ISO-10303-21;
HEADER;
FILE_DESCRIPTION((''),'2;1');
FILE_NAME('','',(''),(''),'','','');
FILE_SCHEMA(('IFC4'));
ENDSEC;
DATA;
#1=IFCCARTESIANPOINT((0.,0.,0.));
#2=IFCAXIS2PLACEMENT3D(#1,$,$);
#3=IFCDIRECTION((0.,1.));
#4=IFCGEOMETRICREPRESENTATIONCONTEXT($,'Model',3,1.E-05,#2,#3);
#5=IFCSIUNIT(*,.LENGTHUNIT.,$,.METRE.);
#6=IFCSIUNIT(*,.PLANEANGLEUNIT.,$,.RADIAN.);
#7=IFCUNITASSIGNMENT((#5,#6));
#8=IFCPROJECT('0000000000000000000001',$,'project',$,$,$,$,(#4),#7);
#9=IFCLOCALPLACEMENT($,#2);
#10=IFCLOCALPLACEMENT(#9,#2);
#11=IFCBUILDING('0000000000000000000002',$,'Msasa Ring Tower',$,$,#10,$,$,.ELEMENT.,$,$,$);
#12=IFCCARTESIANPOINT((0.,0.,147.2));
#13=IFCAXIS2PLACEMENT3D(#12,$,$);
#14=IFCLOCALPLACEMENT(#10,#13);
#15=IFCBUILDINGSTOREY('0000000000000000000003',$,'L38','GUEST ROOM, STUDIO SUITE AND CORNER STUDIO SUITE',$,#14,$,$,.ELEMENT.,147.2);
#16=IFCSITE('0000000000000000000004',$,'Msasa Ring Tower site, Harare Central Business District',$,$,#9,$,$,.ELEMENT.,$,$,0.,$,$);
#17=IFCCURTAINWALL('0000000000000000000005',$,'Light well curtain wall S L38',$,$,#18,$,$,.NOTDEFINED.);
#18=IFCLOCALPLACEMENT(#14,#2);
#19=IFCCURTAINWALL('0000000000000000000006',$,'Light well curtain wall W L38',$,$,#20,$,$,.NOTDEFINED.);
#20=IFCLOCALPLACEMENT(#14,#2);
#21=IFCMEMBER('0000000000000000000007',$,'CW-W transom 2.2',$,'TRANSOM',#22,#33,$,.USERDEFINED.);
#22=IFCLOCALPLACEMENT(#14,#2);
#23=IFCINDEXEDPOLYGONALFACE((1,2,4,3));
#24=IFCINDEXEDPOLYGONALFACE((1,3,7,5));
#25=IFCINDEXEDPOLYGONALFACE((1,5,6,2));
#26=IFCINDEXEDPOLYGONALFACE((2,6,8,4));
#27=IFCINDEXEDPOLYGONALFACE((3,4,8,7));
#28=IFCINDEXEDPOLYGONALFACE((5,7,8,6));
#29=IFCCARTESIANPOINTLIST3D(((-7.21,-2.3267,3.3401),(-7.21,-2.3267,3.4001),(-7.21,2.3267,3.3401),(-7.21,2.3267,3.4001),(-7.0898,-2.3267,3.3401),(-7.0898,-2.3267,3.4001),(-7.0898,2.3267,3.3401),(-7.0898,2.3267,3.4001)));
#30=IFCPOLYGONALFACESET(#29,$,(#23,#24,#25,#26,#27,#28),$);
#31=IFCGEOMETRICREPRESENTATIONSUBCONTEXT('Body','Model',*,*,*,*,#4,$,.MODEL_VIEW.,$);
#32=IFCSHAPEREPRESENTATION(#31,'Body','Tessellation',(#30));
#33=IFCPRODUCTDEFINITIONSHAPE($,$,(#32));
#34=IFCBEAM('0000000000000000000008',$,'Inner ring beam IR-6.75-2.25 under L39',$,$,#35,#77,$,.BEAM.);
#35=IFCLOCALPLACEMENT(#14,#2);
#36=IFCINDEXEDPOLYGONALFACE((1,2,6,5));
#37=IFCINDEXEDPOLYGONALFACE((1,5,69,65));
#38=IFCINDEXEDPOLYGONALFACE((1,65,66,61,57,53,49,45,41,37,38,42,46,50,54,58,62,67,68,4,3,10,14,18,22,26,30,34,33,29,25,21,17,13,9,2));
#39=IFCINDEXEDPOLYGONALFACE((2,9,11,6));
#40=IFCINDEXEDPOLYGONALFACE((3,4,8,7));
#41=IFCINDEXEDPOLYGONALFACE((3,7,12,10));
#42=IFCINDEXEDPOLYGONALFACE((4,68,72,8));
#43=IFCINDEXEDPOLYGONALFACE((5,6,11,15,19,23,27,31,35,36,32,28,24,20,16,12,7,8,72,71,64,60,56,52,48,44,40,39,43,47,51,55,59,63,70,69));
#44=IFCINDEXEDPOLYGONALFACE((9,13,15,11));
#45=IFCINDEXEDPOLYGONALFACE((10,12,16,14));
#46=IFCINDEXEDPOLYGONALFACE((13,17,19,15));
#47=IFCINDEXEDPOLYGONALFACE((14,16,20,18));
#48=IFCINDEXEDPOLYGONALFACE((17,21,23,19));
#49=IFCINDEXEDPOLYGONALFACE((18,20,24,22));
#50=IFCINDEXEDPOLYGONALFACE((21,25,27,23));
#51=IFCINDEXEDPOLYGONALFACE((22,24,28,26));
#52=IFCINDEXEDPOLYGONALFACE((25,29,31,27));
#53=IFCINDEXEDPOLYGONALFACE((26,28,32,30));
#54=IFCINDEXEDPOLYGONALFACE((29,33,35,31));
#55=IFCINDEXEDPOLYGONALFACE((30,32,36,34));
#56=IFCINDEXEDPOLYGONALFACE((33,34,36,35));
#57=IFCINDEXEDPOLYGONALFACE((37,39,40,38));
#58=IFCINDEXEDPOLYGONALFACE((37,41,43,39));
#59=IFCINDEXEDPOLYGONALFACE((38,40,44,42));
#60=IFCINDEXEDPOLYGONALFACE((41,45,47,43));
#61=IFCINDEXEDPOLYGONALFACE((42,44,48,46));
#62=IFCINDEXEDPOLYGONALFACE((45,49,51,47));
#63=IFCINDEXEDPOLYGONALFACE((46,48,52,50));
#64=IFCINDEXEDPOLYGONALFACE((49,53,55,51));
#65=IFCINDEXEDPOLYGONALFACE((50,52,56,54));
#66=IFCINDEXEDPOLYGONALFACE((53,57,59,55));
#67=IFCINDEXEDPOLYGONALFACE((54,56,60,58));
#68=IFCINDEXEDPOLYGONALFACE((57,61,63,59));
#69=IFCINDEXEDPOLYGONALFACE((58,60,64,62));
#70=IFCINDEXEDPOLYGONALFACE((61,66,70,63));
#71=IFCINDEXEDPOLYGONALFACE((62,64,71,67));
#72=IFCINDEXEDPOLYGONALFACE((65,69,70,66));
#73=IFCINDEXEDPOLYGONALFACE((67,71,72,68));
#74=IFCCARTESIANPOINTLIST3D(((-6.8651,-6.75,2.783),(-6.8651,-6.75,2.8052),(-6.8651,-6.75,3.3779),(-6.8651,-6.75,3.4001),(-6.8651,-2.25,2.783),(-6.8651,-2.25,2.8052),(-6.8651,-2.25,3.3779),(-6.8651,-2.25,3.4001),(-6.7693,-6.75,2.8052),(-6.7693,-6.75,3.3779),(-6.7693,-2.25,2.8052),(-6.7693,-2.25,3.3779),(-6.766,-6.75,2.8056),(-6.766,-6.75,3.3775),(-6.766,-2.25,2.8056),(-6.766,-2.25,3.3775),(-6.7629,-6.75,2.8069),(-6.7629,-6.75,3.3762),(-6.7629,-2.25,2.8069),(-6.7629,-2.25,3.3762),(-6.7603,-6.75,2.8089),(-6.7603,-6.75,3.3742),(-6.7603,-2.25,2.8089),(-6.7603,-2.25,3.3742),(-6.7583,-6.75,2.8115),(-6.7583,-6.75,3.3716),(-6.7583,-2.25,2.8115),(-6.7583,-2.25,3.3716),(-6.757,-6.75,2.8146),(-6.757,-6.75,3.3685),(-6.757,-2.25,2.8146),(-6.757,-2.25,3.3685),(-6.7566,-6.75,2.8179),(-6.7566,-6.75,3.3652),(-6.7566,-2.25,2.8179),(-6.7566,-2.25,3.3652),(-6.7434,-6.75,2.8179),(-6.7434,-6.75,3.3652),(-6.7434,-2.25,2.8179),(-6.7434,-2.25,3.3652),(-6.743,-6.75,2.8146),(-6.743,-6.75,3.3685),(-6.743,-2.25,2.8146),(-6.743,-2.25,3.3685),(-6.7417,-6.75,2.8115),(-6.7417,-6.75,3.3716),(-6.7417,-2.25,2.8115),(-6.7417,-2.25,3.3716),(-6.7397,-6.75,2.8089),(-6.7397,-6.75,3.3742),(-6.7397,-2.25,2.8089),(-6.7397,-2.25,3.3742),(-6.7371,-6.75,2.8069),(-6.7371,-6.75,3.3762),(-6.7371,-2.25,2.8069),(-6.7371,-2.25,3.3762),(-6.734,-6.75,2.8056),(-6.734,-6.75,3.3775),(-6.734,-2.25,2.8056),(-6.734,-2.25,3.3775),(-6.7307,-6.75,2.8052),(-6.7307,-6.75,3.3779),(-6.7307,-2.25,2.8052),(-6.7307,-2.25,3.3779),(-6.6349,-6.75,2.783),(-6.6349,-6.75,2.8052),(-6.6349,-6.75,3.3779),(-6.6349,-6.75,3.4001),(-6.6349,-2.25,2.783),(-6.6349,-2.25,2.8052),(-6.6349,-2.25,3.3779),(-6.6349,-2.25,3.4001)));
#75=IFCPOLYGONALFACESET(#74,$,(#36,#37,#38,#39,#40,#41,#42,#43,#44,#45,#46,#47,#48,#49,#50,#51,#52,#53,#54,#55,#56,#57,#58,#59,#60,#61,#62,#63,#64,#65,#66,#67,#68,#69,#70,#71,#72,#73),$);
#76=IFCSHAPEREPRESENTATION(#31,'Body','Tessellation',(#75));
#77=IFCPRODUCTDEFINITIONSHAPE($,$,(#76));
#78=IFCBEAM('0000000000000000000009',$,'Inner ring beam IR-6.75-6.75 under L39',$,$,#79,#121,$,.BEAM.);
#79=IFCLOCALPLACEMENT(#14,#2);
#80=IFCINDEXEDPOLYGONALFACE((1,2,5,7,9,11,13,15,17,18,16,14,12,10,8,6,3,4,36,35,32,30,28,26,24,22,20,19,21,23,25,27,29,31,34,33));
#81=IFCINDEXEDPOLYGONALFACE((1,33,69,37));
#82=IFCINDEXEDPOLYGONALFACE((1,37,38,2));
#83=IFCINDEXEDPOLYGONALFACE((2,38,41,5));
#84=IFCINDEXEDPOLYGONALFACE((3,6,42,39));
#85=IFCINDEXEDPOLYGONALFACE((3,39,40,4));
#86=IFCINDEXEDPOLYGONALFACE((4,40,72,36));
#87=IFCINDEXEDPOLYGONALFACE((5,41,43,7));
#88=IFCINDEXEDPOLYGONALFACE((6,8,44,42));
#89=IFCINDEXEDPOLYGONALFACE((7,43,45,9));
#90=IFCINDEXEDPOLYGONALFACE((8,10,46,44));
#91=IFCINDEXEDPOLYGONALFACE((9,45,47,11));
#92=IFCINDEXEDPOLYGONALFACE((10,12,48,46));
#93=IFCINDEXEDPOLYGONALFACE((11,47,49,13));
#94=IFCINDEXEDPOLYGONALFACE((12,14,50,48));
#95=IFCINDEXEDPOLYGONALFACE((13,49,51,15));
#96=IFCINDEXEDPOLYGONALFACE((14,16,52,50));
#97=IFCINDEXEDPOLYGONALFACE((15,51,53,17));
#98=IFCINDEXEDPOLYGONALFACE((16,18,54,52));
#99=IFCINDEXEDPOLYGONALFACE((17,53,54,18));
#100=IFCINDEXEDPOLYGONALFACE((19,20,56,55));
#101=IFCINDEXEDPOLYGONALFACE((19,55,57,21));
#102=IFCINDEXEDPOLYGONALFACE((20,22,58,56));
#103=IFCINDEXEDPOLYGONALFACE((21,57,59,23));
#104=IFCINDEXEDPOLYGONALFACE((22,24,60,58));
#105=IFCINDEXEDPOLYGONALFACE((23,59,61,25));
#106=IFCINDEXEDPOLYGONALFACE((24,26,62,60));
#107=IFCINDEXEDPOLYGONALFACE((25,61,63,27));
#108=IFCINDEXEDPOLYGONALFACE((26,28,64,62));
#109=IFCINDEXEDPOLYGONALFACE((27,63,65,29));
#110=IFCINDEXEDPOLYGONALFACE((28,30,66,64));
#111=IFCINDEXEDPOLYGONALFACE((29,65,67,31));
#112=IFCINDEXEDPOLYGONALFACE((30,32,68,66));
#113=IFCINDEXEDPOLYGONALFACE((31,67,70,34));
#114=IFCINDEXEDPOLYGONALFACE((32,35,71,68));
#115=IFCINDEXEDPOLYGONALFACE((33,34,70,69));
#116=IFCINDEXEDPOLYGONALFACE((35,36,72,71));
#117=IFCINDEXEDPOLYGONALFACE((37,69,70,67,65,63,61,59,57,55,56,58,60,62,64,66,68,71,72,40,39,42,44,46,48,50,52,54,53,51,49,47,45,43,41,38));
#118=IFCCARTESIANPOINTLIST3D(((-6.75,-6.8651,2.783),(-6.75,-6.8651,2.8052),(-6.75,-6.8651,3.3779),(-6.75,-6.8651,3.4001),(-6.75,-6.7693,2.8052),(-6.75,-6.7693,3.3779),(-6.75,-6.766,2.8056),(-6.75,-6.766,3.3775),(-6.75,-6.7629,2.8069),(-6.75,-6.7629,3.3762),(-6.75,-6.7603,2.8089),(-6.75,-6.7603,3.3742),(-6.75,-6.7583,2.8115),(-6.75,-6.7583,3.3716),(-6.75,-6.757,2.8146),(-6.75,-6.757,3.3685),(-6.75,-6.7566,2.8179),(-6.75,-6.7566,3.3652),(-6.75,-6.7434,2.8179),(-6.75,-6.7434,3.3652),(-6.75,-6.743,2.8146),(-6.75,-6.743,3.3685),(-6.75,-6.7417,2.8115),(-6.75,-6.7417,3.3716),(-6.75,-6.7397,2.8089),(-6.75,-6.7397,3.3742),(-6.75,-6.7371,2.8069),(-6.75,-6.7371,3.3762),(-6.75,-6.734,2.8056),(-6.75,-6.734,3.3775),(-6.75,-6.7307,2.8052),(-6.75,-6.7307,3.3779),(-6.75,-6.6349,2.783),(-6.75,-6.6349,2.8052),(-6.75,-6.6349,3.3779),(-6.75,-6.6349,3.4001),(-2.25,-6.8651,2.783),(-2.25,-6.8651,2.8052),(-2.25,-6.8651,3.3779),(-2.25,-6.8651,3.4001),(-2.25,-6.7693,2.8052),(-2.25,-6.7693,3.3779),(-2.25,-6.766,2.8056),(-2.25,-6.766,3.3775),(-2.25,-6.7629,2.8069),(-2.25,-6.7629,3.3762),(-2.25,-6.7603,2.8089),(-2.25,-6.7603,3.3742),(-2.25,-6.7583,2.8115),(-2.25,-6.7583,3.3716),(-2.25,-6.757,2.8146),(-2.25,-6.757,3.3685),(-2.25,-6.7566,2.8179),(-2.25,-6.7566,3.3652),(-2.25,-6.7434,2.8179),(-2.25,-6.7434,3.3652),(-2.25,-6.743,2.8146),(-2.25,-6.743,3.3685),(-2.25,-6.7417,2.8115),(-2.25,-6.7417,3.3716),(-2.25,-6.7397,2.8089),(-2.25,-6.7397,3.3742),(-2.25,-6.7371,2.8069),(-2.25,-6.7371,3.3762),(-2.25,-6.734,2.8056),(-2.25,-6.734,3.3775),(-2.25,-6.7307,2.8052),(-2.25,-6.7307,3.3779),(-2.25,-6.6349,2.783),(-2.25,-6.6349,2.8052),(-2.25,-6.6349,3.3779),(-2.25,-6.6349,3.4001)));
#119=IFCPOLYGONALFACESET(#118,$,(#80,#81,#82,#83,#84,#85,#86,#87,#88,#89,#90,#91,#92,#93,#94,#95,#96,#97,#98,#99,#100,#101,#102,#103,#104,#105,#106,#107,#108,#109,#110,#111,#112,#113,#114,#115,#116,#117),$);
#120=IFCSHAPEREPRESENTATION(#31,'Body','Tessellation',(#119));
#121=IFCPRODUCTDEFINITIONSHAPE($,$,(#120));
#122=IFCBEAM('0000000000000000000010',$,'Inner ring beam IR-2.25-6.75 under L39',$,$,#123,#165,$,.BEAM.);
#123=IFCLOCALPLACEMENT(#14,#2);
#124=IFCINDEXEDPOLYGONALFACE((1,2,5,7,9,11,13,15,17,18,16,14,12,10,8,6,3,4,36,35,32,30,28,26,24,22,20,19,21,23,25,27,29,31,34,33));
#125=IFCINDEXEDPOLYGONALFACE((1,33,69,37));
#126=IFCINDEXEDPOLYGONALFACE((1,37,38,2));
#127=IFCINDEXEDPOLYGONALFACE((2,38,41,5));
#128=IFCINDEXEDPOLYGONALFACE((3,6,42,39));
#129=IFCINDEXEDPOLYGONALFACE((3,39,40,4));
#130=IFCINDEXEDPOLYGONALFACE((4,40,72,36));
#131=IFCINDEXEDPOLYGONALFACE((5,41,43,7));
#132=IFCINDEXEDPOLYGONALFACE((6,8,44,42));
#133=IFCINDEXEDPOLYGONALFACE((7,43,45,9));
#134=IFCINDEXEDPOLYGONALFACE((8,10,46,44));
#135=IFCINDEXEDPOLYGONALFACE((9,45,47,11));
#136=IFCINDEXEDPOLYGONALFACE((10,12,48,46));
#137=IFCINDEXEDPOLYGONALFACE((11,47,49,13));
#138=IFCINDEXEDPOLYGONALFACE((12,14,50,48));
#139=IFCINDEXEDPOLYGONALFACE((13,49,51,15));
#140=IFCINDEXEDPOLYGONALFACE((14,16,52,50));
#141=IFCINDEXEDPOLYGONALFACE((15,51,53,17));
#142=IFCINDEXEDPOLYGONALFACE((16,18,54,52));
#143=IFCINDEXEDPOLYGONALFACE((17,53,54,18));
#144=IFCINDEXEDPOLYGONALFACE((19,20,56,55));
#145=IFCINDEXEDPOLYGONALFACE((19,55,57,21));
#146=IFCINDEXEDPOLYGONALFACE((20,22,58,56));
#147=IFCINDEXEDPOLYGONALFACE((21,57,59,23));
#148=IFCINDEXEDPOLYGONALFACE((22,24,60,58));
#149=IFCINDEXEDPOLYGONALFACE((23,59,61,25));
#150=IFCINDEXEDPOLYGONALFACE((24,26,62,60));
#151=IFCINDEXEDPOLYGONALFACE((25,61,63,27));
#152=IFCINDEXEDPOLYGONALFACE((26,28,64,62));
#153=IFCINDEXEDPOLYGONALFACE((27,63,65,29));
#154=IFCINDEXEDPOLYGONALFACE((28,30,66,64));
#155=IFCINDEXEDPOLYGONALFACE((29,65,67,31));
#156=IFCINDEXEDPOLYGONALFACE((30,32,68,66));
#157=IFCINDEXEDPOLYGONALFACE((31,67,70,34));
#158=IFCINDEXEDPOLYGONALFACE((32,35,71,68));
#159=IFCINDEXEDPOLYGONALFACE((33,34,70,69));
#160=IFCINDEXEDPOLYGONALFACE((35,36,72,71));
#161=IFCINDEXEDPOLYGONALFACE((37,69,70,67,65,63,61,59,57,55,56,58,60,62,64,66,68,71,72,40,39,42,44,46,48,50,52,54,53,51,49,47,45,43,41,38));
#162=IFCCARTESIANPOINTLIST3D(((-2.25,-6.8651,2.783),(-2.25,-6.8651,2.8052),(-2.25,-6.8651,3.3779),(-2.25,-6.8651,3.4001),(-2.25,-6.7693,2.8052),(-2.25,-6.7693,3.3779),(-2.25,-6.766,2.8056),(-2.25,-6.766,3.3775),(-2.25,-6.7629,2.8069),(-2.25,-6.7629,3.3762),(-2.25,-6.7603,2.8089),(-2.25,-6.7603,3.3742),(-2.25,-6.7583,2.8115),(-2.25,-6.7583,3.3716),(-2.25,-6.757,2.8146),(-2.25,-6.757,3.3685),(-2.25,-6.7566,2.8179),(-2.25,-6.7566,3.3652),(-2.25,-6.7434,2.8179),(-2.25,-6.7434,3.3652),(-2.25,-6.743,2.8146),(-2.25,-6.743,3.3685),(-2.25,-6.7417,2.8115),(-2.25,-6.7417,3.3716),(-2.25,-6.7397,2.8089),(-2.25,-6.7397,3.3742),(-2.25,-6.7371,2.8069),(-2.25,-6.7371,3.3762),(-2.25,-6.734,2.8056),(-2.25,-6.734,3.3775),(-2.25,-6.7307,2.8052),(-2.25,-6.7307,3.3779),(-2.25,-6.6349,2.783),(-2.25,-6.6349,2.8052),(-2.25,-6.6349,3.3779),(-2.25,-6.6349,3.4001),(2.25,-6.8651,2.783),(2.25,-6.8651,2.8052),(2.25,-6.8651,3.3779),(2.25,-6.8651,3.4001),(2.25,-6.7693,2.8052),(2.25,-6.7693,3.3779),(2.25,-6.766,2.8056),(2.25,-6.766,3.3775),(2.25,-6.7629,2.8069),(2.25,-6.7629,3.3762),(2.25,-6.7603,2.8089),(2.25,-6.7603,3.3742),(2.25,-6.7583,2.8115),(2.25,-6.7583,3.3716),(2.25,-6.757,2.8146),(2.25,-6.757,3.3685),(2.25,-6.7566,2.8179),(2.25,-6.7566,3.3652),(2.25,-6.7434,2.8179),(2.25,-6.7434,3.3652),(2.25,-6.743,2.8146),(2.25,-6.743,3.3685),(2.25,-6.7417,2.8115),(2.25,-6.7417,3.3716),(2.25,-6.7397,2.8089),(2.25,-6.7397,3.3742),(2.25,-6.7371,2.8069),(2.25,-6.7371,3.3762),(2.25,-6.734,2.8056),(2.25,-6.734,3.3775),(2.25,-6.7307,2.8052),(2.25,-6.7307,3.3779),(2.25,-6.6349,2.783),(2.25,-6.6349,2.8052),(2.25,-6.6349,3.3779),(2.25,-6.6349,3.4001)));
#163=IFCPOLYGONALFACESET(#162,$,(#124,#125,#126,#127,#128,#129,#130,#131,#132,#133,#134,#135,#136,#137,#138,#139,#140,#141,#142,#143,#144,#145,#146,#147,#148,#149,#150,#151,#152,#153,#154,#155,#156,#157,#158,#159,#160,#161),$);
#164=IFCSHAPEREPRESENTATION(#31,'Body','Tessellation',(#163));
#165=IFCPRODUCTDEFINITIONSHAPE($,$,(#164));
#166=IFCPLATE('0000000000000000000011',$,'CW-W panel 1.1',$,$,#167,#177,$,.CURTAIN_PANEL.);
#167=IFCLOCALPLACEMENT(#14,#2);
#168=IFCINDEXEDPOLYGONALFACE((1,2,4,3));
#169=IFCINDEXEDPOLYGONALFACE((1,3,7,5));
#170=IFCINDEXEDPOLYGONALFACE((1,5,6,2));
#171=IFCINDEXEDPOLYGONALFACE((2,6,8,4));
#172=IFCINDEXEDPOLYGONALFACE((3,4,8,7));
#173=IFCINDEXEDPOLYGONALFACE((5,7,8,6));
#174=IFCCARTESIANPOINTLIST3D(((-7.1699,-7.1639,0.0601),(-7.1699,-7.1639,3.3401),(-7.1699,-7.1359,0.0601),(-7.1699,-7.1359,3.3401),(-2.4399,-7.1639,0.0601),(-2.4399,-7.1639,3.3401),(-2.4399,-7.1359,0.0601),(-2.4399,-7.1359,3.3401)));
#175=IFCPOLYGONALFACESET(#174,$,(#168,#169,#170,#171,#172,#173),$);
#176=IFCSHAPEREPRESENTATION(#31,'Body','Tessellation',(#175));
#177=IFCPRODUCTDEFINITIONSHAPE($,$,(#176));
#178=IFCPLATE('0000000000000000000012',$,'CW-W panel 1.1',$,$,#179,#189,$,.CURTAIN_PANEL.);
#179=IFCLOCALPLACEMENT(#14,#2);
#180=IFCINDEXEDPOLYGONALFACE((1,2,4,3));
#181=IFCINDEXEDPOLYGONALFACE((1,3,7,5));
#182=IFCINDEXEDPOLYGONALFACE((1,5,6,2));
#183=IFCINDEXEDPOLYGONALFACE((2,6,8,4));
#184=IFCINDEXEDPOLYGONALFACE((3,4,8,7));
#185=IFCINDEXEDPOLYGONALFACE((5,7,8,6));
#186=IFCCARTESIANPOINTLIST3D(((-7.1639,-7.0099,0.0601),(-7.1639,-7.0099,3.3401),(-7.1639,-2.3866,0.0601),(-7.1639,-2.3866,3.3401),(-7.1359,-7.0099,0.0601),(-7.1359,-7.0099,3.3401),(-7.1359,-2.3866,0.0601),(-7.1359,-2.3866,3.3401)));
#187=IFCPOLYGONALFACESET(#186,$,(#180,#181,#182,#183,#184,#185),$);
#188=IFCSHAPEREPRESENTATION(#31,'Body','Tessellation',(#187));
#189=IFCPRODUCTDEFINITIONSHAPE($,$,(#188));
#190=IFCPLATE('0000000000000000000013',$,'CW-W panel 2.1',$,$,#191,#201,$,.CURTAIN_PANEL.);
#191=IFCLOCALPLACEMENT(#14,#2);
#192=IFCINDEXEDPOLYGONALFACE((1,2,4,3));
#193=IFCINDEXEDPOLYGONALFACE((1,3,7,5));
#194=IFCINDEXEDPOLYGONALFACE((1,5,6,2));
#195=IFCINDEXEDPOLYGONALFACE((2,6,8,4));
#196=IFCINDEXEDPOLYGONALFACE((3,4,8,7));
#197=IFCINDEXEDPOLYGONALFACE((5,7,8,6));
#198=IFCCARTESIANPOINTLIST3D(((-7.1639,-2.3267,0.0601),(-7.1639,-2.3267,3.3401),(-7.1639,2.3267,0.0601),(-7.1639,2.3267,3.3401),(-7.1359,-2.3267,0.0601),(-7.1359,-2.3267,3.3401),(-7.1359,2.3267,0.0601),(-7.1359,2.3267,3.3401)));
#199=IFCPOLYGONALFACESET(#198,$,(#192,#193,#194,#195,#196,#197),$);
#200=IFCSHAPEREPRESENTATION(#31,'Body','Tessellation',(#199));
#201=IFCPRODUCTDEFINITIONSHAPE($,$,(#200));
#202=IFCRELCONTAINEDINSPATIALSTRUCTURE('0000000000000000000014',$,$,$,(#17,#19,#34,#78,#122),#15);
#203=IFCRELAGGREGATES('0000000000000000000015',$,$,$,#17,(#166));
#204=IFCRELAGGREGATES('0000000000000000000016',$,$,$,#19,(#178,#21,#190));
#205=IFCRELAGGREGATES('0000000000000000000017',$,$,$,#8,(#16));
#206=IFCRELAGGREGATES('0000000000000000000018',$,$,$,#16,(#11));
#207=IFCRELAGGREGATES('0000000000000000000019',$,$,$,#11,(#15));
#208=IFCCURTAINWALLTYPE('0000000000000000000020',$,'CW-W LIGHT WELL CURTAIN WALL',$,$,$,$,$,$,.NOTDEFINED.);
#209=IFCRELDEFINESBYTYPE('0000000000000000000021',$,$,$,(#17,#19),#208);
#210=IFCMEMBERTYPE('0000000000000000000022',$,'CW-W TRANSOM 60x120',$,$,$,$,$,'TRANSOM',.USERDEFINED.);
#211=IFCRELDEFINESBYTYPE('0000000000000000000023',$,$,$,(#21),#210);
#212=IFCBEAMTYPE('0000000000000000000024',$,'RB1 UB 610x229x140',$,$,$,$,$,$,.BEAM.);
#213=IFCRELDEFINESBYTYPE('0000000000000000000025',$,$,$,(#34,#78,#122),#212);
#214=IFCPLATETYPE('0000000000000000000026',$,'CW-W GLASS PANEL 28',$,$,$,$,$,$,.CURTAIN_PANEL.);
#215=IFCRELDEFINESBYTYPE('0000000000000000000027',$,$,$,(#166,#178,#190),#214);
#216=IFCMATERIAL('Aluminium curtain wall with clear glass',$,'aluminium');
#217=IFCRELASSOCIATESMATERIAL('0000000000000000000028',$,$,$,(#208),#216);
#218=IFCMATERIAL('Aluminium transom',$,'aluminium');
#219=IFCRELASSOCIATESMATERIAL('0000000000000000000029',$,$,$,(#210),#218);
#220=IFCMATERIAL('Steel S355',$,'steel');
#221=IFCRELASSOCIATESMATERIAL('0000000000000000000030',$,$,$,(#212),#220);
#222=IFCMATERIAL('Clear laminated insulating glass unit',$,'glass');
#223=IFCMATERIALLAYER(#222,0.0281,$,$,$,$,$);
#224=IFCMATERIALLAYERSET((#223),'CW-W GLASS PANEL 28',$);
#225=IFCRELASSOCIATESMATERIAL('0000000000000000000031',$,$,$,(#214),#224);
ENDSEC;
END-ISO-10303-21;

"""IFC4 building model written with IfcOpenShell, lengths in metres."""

from ifc_helpers import new_model, si_unit, direction, frame, origin, origin_2d, place, context, subcontext, project, spatial, rectangle, i_section, extrude, material, layer, layer_set, material_profile, profile_set, type_object, element, aggregate, save


model = new_model("IFC4")

# Units and contexts
model_context = context("Model", 3, precision=1e-05, world=origin(), true_north=direction((0.0, 1.0)))
body_context = subcontext(model_context, "Body", "Model", "MODEL_VIEW")
ifc_project = project(units=[si_unit("LENGTHUNIT", "METRE"), si_unit("PLANEANGLEUNIT", "RADIAN")], contexts=[model_context])

# Site, building, storey
site_placement = place(None, origin())
site = spatial("IfcSite", under=ifc_project, at=site_placement, Name="Msasa Ring Tower site, Harare Central Business District", CompositionType="ELEMENT", RefElevation=0.0)
building_placement = place(site_placement, origin())
building = spatial("IfcBuilding", under=site, at=building_placement, Name="Msasa Ring Tower", CompositionType="ELEMENT")
storey_placement = place(building_placement, frame((0.0, 0.0, 147.2)))
storey = spatial("IfcBuildingStorey", under=building, at=storey_placement, Name="L38", Description="GUEST ROOM, STUDIO SUITE AND CORNER STUDIO SUITE", CompositionType="ELEMENT", Elevation=147.2)

# Curtain walls
ifc_material_1 = material(Name="Aluminium curtain wall with clear glass", Category="aluminium")
curtain_wall_type = type_object("IfcCurtainWallType", Name="CW-W LIGHT WELL CURTAIN WALL", PredefinedType="NOTDEFINED", material=ifc_material_1)
curtain_wall_1_placement = place(storey_placement, origin())
curtain_wall_1 = element("IfcCurtainWall", 1, at=curtain_wall_1_placement, inside=storey, type_object=curtain_wall_type, Name="Light well curtain wall S L38", PredefinedType="NOTDEFINED")
curtain_wall_2_placement = place(storey_placement, origin())
curtain_wall_2 = element("IfcCurtainWall", 2, at=curtain_wall_2_placement, inside=storey, type_object=curtain_wall_type, Name="Light well curtain wall W L38", PredefinedType="NOTDEFINED")

# Member
ifc_material_2 = material(Name="Aluminium transom", Category="aluminium")
ifc_material_profile_1 = material_profile(ifc_material_2, rectangle(XDim=0.1201, YDim=0.0601, at=origin_2d()), Name="AL 60x120")
ifc_profile_set_1 = profile_set([ifc_material_profile_1], Name="Aluminium transom")
member_type_1 = type_object("IfcMemberType", Name="CW-W TRANSOM 60x120", ElementType="TRANSOM", PredefinedType="USERDEFINED", material=ifc_profile_set_1)
member_1_placement = place(storey_placement, frame((-7.1499, -2.3267, 3.3701), z_axis=(0.0, 1.0, 0.0), x_axis=(-1.0, 0.0, 0.0)))
member_1 = element("IfcMember", 3, at=member_1_placement, type_object=member_type_1, Name="CW-W transom 2.2", ObjectType="TRANSOM", PredefinedType="USERDEFINED", context=body_context, shape_type="SweptSolid", body=[
    extrude(rectangle(XDim=0.1201, YDim=0.0601, at=origin_2d()), origin(), (0.0, 0.0, 1.0), 4.6533),
])

# Beams
ifc_material_3 = material(Name="Steel S355", Category="steel")
ifc_material_profile_2 = material_profile(ifc_material_3, i_section(OverallWidth=0.2302, OverallDepth=0.6172, WebThickness=0.0132, FlangeThickness=0.0222, FilletRadius=0.0127, at=origin_2d()), Name="UB 610x229x140")
ifc_profile_set_2 = profile_set([ifc_material_profile_2], Name="Steel S355")
beam_type = type_object("IfcBeamType", Name="RB1 UB 610x229x140", PredefinedType="BEAM", material=ifc_profile_set_2)
for number, where, z_axis, x_axis, name in (
    (4, (-6.75, -2.25, 3.0916), (0.0, -1.0, 0.0), (1.0, 0.0, 0.0), "Inner ring beam IR-6.75-2.25 under L39"),
    (5, (-6.75, -6.75, 3.0916), (1.0, 0.0, 0.0), (0.0, 1.0, 0.0), "Inner ring beam IR-6.75-6.75 under L39"),
    (6, (-2.25, -6.75, 3.0916), (1.0, 0.0, 0.0), (0.0, 1.0, 0.0), "Inner ring beam IR-2.25-6.75 under L39"),
):
    element("IfcBeam", number, at=place(storey_placement, frame(where, z_axis=z_axis, x_axis=x_axis)), inside=storey, type_object=beam_type, Name=name, PredefinedType="BEAM", context=body_context, shape_type="SweptSolid", body=[
        extrude(i_section(OverallWidth=0.2302, OverallDepth=0.6172, WebThickness=0.0132, FlangeThickness=0.0222, FilletRadius=0.0127, at=origin_2d()), origin(), (0.0, 0.0, 1.0), 4.5),
    ])

# Plates
ifc_material_4 = material(Name="Clear laminated insulating glass unit", Category="glass")
ifc_layer_1 = layer(ifc_material_4, 0.0281)
ifc_layer_set_1 = layer_set([ifc_layer_1], Name="CW-W GLASS PANEL 28")
plate_type = type_object("IfcPlateType", Name="CW-W GLASS PANEL 28", PredefinedType="CURTAIN_PANEL", material=ifc_layer_set_1)
plate_1_placement = place(storey_placement, frame((-4.8049, -7.1499, 0.0601), z_axis=(0.0, 0.0, 1.0), x_axis=(1.0, 0.0, 0.0)))
plate_1 = element("IfcPlate", 7, at=plate_1_placement, type_object=plate_type, Name="CW-W panel 1.1", PredefinedType="CURTAIN_PANEL", context=body_context, shape_type="SweptSolid", body=[
    extrude(rectangle(XDim=4.73, YDim=0.0281, at=origin_2d()), origin(), (0.0, 0.0, 1.0), 3.28),
])
aggregate(curtain_wall_1, [plate_1])
plate_2_placement = place(storey_placement, frame((-7.1499, -4.6982, 0.0601), z_axis=(0.0, 0.0, 1.0), x_axis=(0.0, 1.0, 0.0)))
plate_2 = element("IfcPlate", 8, at=plate_2_placement, type_object=plate_type, Name="CW-W panel 1.1", PredefinedType="CURTAIN_PANEL", context=body_context, shape_type="SweptSolid", body=[
    extrude(rectangle(XDim=4.6233, YDim=0.0281, at=origin_2d()), origin(), (0.0, 0.0, 1.0), 3.28),
])
plate_3_placement = place(storey_placement, frame((-7.1499, 0.0, 0.0601), z_axis=(0.0, 0.0, 1.0), x_axis=(0.0, 1.0, 0.0)))
plate_3 = element("IfcPlate", 9, at=plate_3_placement, type_object=plate_type, Name="CW-W panel 2.1", PredefinedType="CURTAIN_PANEL", context=body_context, shape_type="SweptSolid", body=[
    extrude(rectangle(XDim=4.6533, YDim=0.0281, at=origin_2d()), origin(), (0.0, 0.0, 1.0), 3.28),
])
aggregate(curtain_wall_2, [plate_2, member_1, plate_3])

save(model, "model.ifc")
